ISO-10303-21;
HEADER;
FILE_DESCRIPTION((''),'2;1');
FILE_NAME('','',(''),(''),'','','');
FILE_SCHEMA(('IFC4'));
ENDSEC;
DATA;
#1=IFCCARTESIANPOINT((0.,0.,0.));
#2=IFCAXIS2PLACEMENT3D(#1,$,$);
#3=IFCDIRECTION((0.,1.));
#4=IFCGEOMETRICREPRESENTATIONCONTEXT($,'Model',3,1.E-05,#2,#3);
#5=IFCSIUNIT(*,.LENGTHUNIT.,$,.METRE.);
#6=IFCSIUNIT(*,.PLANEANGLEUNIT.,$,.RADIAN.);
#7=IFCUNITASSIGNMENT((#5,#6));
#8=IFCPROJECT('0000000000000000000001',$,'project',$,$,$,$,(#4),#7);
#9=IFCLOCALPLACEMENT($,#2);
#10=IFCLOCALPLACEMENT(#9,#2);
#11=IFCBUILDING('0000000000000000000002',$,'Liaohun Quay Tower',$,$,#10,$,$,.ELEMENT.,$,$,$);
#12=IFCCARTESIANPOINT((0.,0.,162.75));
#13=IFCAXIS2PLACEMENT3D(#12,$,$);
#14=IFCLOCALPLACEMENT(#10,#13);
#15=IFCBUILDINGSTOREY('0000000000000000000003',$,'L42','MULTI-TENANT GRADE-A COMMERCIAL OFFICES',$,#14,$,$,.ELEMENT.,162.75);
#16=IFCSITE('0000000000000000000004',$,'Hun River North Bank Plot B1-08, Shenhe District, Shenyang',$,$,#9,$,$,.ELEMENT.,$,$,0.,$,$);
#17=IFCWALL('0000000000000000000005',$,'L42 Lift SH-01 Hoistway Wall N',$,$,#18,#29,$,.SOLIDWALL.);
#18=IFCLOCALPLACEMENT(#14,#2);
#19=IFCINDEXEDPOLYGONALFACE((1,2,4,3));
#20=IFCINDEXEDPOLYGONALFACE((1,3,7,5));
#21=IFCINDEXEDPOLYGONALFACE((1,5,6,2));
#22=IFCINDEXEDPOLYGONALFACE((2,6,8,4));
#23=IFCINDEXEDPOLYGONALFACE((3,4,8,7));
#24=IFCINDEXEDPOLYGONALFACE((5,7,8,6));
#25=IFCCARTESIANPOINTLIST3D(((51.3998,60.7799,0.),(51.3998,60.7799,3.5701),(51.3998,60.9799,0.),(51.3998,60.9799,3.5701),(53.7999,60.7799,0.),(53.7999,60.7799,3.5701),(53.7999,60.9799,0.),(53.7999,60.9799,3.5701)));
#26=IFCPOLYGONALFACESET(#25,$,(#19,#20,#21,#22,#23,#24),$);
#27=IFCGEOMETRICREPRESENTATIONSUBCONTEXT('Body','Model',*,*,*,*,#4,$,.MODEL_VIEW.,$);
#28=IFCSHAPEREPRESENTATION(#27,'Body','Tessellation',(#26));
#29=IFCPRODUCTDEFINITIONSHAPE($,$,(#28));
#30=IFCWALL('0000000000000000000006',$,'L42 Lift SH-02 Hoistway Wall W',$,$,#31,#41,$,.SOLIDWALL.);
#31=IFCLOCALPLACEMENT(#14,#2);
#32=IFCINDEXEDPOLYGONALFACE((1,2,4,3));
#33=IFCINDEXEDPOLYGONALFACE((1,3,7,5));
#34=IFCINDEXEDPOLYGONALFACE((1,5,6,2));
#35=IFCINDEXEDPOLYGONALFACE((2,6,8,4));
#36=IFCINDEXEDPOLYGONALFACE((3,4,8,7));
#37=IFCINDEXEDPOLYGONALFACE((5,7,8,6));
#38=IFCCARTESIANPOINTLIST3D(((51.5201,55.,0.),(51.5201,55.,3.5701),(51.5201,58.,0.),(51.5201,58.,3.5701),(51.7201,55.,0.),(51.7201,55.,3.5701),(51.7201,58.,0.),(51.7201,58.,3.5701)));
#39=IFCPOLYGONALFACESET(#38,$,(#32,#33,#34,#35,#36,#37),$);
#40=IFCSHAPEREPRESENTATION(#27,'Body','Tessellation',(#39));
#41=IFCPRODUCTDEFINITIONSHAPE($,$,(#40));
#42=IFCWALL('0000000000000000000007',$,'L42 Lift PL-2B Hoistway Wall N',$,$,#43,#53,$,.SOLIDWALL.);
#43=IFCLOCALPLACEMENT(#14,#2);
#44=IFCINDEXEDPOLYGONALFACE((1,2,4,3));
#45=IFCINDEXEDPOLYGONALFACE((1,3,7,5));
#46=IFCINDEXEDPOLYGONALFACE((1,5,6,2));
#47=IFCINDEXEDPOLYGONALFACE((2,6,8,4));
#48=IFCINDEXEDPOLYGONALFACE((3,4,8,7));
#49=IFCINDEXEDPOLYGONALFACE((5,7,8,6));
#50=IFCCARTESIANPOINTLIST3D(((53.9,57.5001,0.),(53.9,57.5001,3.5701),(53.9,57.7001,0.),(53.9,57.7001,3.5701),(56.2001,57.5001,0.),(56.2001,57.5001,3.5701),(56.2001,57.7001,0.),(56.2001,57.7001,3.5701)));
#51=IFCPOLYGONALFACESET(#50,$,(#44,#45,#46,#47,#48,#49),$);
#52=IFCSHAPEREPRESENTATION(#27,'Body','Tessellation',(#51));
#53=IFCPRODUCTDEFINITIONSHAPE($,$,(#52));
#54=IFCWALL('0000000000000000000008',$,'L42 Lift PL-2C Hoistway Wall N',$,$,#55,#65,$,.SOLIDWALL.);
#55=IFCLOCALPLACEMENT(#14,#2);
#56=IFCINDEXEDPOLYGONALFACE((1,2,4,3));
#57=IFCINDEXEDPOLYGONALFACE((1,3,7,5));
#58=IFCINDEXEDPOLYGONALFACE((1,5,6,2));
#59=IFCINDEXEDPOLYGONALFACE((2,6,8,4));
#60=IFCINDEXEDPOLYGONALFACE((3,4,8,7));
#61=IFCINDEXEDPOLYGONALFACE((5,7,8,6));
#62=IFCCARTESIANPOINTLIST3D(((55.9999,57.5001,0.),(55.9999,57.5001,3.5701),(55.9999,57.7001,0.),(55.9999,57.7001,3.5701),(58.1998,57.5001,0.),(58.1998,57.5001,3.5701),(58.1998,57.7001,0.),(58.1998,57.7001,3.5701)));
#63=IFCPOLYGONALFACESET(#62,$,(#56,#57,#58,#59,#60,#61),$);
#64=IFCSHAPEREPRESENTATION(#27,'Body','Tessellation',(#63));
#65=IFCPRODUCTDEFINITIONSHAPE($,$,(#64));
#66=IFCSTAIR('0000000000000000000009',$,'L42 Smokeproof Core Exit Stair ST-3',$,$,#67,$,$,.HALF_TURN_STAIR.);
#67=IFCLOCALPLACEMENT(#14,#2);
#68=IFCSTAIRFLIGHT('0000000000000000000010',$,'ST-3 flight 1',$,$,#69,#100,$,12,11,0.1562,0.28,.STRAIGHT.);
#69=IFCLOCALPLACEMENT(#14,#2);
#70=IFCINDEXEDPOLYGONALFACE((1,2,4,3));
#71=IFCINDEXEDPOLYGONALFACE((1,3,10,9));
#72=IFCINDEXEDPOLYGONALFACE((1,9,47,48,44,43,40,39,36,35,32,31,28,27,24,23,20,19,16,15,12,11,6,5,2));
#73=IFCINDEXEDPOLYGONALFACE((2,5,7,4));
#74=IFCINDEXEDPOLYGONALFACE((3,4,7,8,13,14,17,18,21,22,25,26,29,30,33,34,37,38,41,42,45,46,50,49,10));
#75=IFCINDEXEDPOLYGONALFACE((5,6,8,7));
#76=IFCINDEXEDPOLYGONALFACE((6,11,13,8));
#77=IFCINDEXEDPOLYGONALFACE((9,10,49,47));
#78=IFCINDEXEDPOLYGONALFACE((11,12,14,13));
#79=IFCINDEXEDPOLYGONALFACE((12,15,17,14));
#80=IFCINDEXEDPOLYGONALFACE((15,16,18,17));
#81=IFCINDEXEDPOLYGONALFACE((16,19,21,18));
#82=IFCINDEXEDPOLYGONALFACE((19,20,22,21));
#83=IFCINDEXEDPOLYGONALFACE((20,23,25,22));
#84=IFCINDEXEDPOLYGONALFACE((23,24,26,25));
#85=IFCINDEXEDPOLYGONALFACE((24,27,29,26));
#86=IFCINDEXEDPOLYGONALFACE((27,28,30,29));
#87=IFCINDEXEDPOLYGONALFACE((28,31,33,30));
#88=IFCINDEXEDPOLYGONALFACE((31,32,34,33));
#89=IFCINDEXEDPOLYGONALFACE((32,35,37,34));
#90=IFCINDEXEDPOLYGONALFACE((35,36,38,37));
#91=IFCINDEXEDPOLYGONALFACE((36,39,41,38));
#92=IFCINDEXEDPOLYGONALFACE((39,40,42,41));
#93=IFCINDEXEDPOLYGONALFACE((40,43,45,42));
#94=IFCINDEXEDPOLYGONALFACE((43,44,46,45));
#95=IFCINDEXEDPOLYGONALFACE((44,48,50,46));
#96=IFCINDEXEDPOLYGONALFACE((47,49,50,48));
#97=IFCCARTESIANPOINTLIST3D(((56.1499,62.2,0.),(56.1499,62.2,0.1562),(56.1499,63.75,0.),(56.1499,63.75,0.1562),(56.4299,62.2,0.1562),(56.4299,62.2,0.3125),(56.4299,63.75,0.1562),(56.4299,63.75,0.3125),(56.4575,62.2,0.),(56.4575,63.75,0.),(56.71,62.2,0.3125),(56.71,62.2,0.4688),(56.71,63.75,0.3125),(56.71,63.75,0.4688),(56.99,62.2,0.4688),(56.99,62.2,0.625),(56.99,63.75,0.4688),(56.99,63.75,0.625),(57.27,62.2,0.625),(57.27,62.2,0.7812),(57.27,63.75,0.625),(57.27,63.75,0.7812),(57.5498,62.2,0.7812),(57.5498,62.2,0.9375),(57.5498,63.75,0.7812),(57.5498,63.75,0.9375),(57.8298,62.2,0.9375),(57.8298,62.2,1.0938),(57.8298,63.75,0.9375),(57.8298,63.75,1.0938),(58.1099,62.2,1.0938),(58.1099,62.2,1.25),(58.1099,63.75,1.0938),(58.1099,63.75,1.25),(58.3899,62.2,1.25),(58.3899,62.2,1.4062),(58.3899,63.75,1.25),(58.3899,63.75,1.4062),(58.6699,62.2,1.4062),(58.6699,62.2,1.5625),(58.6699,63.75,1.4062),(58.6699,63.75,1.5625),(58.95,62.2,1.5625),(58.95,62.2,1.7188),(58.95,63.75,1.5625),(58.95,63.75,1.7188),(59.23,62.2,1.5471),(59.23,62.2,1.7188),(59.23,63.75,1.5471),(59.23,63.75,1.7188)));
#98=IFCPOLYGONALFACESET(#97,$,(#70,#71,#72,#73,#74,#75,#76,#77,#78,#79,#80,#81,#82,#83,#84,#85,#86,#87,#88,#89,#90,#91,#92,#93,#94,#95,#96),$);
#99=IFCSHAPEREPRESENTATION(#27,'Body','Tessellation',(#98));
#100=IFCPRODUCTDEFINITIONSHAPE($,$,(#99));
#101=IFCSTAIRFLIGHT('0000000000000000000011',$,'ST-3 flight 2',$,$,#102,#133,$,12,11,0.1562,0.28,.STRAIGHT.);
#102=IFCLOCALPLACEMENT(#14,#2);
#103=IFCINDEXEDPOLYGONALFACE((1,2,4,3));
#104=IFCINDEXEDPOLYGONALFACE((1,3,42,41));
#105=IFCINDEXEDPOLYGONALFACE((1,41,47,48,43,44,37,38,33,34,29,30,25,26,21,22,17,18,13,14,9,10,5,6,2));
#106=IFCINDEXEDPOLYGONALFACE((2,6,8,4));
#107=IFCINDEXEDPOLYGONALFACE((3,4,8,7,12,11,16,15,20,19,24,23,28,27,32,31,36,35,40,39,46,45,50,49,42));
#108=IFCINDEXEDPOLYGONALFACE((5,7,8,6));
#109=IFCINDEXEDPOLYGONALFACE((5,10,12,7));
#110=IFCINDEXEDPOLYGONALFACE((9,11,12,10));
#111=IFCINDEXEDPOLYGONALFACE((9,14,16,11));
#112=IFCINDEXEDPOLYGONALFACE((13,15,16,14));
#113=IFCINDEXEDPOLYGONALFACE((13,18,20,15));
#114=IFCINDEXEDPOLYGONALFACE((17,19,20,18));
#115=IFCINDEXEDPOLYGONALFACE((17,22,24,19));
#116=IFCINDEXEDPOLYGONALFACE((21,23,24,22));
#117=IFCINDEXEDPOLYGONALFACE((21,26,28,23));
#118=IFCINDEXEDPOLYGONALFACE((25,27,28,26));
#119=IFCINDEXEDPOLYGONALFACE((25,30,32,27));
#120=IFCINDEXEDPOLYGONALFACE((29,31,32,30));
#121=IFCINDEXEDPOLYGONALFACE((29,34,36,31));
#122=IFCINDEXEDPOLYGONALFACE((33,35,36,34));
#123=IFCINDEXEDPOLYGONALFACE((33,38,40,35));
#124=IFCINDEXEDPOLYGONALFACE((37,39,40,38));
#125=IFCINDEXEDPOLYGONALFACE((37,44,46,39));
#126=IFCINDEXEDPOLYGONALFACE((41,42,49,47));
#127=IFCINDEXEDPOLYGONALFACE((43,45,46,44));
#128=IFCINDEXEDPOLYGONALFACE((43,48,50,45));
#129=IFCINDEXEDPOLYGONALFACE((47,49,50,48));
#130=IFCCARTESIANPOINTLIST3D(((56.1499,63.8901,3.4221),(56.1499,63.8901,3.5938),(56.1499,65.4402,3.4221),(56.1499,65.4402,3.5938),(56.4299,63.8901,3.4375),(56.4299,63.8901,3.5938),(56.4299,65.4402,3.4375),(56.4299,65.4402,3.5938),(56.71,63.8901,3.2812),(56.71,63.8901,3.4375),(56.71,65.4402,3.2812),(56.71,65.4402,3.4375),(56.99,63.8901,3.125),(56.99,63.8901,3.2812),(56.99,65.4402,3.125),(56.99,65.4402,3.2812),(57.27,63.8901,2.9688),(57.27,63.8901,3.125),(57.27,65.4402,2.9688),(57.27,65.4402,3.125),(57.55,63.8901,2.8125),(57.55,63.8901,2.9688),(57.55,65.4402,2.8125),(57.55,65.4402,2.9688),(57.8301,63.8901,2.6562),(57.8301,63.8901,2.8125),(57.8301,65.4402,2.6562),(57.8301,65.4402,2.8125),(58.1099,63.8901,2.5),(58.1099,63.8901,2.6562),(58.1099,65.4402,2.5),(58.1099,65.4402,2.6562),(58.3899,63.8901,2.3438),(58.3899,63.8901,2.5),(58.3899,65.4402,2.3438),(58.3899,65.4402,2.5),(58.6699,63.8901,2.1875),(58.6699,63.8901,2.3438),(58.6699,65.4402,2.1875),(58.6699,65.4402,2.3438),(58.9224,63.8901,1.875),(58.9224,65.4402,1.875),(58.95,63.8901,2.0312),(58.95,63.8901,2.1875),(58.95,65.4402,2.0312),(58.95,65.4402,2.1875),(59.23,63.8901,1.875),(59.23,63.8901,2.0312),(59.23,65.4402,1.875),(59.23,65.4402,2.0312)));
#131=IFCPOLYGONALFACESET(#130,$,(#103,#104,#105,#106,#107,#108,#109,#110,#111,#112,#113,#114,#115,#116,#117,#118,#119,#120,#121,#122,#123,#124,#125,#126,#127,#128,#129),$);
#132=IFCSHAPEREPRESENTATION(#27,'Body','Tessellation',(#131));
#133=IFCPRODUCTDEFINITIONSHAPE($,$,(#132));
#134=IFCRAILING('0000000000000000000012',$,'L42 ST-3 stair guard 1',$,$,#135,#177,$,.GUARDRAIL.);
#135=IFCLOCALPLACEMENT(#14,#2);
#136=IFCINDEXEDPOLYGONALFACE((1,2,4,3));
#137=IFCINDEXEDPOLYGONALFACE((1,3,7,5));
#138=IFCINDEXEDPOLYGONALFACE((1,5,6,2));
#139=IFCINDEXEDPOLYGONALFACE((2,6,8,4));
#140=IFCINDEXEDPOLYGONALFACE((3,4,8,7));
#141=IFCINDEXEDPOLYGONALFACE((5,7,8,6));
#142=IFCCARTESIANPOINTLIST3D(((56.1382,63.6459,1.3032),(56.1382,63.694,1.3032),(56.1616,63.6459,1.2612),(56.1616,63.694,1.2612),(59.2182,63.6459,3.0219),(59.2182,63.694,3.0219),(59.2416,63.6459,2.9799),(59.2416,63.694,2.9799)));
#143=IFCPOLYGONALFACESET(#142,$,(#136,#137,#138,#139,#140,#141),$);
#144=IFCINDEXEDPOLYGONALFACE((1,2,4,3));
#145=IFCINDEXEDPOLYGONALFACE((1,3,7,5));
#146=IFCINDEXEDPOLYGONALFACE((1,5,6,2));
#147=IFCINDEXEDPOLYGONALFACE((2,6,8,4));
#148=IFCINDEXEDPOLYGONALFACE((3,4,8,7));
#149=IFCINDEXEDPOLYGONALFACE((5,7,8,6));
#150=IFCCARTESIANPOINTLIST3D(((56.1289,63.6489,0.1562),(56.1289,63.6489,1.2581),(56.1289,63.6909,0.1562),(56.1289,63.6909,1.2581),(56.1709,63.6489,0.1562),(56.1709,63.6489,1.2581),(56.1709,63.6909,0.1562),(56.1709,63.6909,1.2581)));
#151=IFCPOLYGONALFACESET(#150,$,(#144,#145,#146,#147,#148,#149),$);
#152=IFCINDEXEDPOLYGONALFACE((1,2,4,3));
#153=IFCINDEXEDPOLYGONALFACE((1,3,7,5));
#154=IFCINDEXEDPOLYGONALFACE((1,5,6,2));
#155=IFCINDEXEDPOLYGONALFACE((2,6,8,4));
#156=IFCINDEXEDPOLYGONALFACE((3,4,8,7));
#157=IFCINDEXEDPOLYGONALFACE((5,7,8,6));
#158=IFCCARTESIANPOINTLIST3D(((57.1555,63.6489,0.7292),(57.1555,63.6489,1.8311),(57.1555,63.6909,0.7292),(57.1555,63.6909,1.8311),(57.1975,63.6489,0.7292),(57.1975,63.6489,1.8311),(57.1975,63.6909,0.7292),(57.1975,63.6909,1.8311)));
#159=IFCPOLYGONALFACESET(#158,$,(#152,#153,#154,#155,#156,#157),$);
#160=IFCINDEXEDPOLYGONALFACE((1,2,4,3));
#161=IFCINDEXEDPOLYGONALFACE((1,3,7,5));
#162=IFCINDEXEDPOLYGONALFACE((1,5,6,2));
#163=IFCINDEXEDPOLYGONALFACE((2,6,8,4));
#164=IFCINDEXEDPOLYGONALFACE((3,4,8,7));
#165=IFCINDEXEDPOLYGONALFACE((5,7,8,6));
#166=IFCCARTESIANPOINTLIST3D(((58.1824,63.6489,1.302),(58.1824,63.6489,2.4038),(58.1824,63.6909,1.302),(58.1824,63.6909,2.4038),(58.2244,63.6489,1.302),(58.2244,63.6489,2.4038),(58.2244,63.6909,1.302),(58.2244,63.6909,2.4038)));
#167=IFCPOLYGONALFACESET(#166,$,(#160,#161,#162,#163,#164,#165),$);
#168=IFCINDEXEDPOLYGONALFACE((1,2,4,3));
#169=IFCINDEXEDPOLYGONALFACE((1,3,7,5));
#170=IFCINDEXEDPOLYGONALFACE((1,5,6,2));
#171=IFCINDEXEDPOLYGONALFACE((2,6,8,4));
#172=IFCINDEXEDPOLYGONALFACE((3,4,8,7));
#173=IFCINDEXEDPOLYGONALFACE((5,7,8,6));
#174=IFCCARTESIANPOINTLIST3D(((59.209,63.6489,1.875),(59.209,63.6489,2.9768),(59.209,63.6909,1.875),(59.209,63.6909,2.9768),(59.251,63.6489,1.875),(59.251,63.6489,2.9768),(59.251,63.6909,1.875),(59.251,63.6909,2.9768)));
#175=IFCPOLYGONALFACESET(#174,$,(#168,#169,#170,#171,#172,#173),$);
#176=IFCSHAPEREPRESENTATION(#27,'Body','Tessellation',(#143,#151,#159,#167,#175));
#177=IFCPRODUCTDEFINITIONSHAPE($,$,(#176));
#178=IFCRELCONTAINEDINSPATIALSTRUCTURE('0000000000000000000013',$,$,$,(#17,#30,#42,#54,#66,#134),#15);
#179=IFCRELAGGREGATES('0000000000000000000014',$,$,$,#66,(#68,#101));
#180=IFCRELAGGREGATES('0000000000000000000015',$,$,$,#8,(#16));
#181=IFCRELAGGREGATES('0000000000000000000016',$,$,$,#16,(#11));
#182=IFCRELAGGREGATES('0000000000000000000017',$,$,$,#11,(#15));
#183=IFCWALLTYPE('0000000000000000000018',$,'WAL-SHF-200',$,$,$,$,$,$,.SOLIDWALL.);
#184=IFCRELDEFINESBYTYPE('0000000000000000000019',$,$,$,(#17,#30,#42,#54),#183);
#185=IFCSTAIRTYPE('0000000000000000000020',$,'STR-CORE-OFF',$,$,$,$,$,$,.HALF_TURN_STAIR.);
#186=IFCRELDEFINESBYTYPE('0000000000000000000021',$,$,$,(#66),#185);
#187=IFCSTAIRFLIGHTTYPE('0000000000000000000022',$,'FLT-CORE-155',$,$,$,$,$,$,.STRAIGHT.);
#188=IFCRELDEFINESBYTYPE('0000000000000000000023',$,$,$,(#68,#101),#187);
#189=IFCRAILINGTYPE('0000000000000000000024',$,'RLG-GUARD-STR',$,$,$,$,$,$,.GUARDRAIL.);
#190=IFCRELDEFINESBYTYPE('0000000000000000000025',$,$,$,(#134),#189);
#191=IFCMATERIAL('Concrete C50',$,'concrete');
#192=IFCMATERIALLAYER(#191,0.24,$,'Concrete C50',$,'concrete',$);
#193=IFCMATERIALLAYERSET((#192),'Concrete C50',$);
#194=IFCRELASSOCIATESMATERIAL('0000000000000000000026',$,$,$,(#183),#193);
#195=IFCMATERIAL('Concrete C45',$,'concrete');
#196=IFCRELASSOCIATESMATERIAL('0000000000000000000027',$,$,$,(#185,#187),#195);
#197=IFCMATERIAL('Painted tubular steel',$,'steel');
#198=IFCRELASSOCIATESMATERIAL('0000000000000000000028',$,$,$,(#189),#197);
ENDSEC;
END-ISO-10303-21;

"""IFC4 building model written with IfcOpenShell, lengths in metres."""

from ifc_helpers import new_model, si_unit, direction, frame, frame_2d, origin, origin_2d, place, context, subcontext, project, spatial, polyline, rectangle, outline, extrude, material, layer, layer_set, type_object, element, aggregate, save


model = new_model("IFC4")

# Units and contexts
model_context = context("Model", 3, precision=1e-05, world=origin(), true_north=direction((0.0, 1.0)))
body_context = subcontext(model_context, "Body", "Model", "MODEL_VIEW")
ifc_project = project(units=[si_unit("LENGTHUNIT", "METRE"), si_unit("PLANEANGLEUNIT", "RADIAN")], contexts=[model_context])

# Site, building, storey
site_placement = place(None, origin())
site = spatial("IfcSite", under=ifc_project, at=site_placement, Name="Hun River North Bank Plot B1-08, Shenhe District, Shenyang", CompositionType="ELEMENT", RefElevation=0.0)
building_placement = place(site_placement, origin())
building = spatial("IfcBuilding", under=site, at=building_placement, Name="Liaohun Quay Tower", CompositionType="ELEMENT")
storey_placement = place(building_placement, frame((0.0, 0.0, 162.75)))
storey = spatial("IfcBuildingStorey", under=building, at=storey_placement, Name="L42", Description="MULTI-TENANT GRADE-A COMMERCIAL OFFICES", CompositionType="ELEMENT", Elevation=162.75)

# Shared definitions
ifc_material_1 = material(Name="Concrete C50", Category="concrete")
ifc_layer_1 = layer(ifc_material_1, 0.24, Name="Concrete C50", Category="concrete")
ifc_layer_set_1 = layer_set([ifc_layer_1], Name="Concrete C50")
wall_type_1 = type_object("IfcWallType", Name="WAL-SHF-200", PredefinedType="SOLIDWALL", material=ifc_layer_set_1)

# Walls
wall_1_placement = place(storey_placement, frame((53.8, 60.8799, 0.0), z_axis=(0.0, 0.0, 1.0), x_axis=(-1.0, 0.0, 0.0)))
element("IfcWall", 1, at=wall_1_placement, inside=storey, type_object=wall_type_1, Name="L42 Lift SH-01 Hoistway Wall N", PredefinedType="SOLIDWALL", context=body_context, shape_type="SweptSolid", body=[
    extrude(rectangle(XDim=2.4001, YDim=0.2, at=frame_2d((1.2002, 0.0))), origin(), (0.0, 0.0, 1.0), 3.5701),
])
wall_2_placement = place(storey_placement, frame((51.6201, 58.0, 0.0), z_axis=(0.0, 0.0, 1.0), x_axis=(0.0, -1.0, 0.0)))
element("IfcWall", 2, at=wall_2_placement, inside=storey, type_object=wall_type_1, Name="L42 Lift SH-02 Hoistway Wall W", PredefinedType="SOLIDWALL", context=body_context, shape_type="SweptSolid", body=[
    extrude(rectangle(XDim=3.0, YDim=0.2, at=frame_2d((1.5, 0.0))), origin(), (0.0, 0.0, 1.0), 3.5701),
])
wall_3_placement = place(storey_placement, frame((56.2, 57.6001, 0.0), z_axis=(0.0, 0.0, 1.0), x_axis=(-1.0, 0.0, 0.0)))
element("IfcWall", 3, at=wall_3_placement, inside=storey, type_object=wall_type_1, Name="L42 Lift PL-2B Hoistway Wall N", PredefinedType="SOLIDWALL", context=body_context, shape_type="SweptSolid", body=[
    extrude(rectangle(XDim=2.3, YDim=0.2, at=frame_2d((1.1499, 0.0))), origin(), (0.0, 0.0, 1.0), 3.5701),
])
wall_4_placement = place(storey_placement, frame((58.2, 57.6001, 0.0), z_axis=(0.0, 0.0, 1.0), x_axis=(-1.0, 0.0, 0.0)))
element("IfcWall", 4, at=wall_4_placement, inside=storey, type_object=wall_type_1, Name="L42 Lift PL-2C Hoistway Wall N", PredefinedType="SOLIDWALL", context=body_context, shape_type="SweptSolid", body=[
    extrude(rectangle(XDim=2.2, YDim=0.2, at=frame_2d((1.1001, 0.0))), origin(), (0.0, 0.0, 1.0), 3.5701),
])

# Stair, stair flights
ifc_material_2 = material(Name="Concrete C45", Category="concrete")
stair_type = type_object("IfcStairType", Name="STR-CORE-OFF", PredefinedType="HALF_TURN_STAIR", material=ifc_material_2)
stair_placement = place(storey_placement, origin())
stair = element("IfcStair", 5, at=stair_placement, inside=storey, type_object=stair_type, Name="L42 Smokeproof Core Exit Stair ST-3", PredefinedType="HALF_TURN_STAIR")
stair_flight_type = type_object("IfcStairFlightType", Name="FLT-CORE-155", PredefinedType="STRAIGHT", material=ifc_material_2)
stair_flight_1_placement = place(storey_placement, frame((56.1499, 62.9751, 0.0), z_axis=(0.0, 0.0, 1.0), x_axis=(1.0, 0.0, 0.0)))
stair_flight_1 = element("IfcStairFlight", 6, at=stair_flight_1_placement, type_object=stair_flight_type, Name="ST-3 flight 1", NumberOfRisers=12, NumberOfTreads=11, PredefinedType="STRAIGHT", RiserHeight=0.1562, TreadLength=0.28, context=body_context, shape_type="SweptSolid", body=[
    extrude(outline(polyline([(0.0, 0.0), (0.0, 0.1562), (0.28, 0.1562), (0.28, 0.3125), (0.5601, 0.3125), (0.5601, 0.4688), (0.8401, 0.4688), (0.8401, 0.625), (1.1201, 0.625), (1.1201, 0.7812), (1.3999, 0.7812), (1.3999, 0.9375), (1.6799, 0.9375), (1.6799, 1.0938), (1.96, 1.0938), (1.96, 1.25), (2.24, 1.25), (2.24, 1.4062), (2.52, 1.4062), (2.52, 1.5625), (2.8, 1.5625), (2.8, 1.7188), (3.0801, 1.7188), (3.0801, 1.875), (3.0801, 1.5471), (0.3076, 0.0), (0.0, 0.0)])), frame((0.0, 0.7749, 0.0), z_axis=(0.0, -1.0, 0.0), x_axis=(1.0, 0.0, 0.0)), (0.0, 0.0, 1.0), 1.55),
])
stair_flight_2_placement = place(storey_placement, frame((59.23, 64.665, 1.875), z_axis=(0.0, 0.0, 1.0), x_axis=(-1.0, 0.0, 0.0)))
stair_flight_2 = element("IfcStairFlight", 7, at=stair_flight_2_placement, type_object=stair_flight_type, Name="ST-3 flight 2", NumberOfRisers=12, NumberOfTreads=11, PredefinedType="STRAIGHT", RiserHeight=0.1562, TreadLength=0.28, context=body_context, shape_type="SweptSolid", body=[
    extrude(outline(polyline([(0.0, 0.0), (0.0, 0.1562), (0.28, 0.1562), (0.28, 0.3125), (0.5601, 0.3125), (0.5601, 0.4688), (0.8401, 0.4688), (0.8401, 0.625), (1.1201, 0.625), (1.1201, 0.7812), (1.3999, 0.7812), (1.3999, 0.9375), (1.6799, 0.9375), (1.6799, 1.0938), (1.96, 1.0938), (1.96, 1.25), (2.24, 1.25), (2.24, 1.4062), (2.52, 1.4062), (2.52, 1.5625), (2.8, 1.5625), (2.8, 1.7188), (3.0801, 1.7188), (3.0801, 1.875), (3.0801, 1.5471), (0.3076, 0.0), (0.0, 0.0)])), frame((0.0, 0.7749, 0.0), z_axis=(0.0, -1.0, 0.0), x_axis=(1.0, 0.0, 0.0)), (0.0, 0.0, 1.0), 1.55),
])
aggregate(stair, [stair_flight_1, stair_flight_2])

# Railing
ifc_material_3 = material(Name="Painted tubular steel", Category="steel")
railing_type_1 = type_object("IfcRailingType", Name="RLG-GUARD-STR", PredefinedType="GUARDRAIL", material=ifc_material_3)
railing_1_placement = place(storey_placement, frame((56.1499, 63.6699, 0.1562)))
element("IfcRailing", 8, at=railing_1_placement, inside=storey, type_object=railing_type_1, Name="L42 ST-3 stair guard 1", PredefinedType="GUARDRAIL", context=body_context, shape_type="SweptSolid", body=[
    extrude(rectangle(XDim=0.0481, YDim=0.0481, at=origin_2d()), frame((0.0, 0.0, 1.126), z_axis=(0.873242, 0.0, 0.487288), x_axis=(0.0, 1.0, 0.0)), (0.0, 0.0, 1.0), 3.5271),
    extrude(rectangle(XDim=0.042, YDim=0.042, at=origin_2d()), origin(), (0.0, 0.0, 1.0), 1.1018),
    extrude(rectangle(XDim=0.042, YDim=0.042, at=origin_2d()), frame((1.0266, 0.0, 0.573)), (0.0, 0.0, 1.0), 1.1018),
    extrude(rectangle(XDim=0.042, YDim=0.042, at=origin_2d()), frame((2.0535, 0.0, 1.1458)), (0.0, 0.0, 1.0), 1.1018),
    extrude(rectangle(XDim=0.042, YDim=0.042, at=origin_2d()), frame((3.0801, 0.0, 1.7188)), (0.0, 0.0, 1.0), 1.1018),
])

save(model, "model.ifc")
